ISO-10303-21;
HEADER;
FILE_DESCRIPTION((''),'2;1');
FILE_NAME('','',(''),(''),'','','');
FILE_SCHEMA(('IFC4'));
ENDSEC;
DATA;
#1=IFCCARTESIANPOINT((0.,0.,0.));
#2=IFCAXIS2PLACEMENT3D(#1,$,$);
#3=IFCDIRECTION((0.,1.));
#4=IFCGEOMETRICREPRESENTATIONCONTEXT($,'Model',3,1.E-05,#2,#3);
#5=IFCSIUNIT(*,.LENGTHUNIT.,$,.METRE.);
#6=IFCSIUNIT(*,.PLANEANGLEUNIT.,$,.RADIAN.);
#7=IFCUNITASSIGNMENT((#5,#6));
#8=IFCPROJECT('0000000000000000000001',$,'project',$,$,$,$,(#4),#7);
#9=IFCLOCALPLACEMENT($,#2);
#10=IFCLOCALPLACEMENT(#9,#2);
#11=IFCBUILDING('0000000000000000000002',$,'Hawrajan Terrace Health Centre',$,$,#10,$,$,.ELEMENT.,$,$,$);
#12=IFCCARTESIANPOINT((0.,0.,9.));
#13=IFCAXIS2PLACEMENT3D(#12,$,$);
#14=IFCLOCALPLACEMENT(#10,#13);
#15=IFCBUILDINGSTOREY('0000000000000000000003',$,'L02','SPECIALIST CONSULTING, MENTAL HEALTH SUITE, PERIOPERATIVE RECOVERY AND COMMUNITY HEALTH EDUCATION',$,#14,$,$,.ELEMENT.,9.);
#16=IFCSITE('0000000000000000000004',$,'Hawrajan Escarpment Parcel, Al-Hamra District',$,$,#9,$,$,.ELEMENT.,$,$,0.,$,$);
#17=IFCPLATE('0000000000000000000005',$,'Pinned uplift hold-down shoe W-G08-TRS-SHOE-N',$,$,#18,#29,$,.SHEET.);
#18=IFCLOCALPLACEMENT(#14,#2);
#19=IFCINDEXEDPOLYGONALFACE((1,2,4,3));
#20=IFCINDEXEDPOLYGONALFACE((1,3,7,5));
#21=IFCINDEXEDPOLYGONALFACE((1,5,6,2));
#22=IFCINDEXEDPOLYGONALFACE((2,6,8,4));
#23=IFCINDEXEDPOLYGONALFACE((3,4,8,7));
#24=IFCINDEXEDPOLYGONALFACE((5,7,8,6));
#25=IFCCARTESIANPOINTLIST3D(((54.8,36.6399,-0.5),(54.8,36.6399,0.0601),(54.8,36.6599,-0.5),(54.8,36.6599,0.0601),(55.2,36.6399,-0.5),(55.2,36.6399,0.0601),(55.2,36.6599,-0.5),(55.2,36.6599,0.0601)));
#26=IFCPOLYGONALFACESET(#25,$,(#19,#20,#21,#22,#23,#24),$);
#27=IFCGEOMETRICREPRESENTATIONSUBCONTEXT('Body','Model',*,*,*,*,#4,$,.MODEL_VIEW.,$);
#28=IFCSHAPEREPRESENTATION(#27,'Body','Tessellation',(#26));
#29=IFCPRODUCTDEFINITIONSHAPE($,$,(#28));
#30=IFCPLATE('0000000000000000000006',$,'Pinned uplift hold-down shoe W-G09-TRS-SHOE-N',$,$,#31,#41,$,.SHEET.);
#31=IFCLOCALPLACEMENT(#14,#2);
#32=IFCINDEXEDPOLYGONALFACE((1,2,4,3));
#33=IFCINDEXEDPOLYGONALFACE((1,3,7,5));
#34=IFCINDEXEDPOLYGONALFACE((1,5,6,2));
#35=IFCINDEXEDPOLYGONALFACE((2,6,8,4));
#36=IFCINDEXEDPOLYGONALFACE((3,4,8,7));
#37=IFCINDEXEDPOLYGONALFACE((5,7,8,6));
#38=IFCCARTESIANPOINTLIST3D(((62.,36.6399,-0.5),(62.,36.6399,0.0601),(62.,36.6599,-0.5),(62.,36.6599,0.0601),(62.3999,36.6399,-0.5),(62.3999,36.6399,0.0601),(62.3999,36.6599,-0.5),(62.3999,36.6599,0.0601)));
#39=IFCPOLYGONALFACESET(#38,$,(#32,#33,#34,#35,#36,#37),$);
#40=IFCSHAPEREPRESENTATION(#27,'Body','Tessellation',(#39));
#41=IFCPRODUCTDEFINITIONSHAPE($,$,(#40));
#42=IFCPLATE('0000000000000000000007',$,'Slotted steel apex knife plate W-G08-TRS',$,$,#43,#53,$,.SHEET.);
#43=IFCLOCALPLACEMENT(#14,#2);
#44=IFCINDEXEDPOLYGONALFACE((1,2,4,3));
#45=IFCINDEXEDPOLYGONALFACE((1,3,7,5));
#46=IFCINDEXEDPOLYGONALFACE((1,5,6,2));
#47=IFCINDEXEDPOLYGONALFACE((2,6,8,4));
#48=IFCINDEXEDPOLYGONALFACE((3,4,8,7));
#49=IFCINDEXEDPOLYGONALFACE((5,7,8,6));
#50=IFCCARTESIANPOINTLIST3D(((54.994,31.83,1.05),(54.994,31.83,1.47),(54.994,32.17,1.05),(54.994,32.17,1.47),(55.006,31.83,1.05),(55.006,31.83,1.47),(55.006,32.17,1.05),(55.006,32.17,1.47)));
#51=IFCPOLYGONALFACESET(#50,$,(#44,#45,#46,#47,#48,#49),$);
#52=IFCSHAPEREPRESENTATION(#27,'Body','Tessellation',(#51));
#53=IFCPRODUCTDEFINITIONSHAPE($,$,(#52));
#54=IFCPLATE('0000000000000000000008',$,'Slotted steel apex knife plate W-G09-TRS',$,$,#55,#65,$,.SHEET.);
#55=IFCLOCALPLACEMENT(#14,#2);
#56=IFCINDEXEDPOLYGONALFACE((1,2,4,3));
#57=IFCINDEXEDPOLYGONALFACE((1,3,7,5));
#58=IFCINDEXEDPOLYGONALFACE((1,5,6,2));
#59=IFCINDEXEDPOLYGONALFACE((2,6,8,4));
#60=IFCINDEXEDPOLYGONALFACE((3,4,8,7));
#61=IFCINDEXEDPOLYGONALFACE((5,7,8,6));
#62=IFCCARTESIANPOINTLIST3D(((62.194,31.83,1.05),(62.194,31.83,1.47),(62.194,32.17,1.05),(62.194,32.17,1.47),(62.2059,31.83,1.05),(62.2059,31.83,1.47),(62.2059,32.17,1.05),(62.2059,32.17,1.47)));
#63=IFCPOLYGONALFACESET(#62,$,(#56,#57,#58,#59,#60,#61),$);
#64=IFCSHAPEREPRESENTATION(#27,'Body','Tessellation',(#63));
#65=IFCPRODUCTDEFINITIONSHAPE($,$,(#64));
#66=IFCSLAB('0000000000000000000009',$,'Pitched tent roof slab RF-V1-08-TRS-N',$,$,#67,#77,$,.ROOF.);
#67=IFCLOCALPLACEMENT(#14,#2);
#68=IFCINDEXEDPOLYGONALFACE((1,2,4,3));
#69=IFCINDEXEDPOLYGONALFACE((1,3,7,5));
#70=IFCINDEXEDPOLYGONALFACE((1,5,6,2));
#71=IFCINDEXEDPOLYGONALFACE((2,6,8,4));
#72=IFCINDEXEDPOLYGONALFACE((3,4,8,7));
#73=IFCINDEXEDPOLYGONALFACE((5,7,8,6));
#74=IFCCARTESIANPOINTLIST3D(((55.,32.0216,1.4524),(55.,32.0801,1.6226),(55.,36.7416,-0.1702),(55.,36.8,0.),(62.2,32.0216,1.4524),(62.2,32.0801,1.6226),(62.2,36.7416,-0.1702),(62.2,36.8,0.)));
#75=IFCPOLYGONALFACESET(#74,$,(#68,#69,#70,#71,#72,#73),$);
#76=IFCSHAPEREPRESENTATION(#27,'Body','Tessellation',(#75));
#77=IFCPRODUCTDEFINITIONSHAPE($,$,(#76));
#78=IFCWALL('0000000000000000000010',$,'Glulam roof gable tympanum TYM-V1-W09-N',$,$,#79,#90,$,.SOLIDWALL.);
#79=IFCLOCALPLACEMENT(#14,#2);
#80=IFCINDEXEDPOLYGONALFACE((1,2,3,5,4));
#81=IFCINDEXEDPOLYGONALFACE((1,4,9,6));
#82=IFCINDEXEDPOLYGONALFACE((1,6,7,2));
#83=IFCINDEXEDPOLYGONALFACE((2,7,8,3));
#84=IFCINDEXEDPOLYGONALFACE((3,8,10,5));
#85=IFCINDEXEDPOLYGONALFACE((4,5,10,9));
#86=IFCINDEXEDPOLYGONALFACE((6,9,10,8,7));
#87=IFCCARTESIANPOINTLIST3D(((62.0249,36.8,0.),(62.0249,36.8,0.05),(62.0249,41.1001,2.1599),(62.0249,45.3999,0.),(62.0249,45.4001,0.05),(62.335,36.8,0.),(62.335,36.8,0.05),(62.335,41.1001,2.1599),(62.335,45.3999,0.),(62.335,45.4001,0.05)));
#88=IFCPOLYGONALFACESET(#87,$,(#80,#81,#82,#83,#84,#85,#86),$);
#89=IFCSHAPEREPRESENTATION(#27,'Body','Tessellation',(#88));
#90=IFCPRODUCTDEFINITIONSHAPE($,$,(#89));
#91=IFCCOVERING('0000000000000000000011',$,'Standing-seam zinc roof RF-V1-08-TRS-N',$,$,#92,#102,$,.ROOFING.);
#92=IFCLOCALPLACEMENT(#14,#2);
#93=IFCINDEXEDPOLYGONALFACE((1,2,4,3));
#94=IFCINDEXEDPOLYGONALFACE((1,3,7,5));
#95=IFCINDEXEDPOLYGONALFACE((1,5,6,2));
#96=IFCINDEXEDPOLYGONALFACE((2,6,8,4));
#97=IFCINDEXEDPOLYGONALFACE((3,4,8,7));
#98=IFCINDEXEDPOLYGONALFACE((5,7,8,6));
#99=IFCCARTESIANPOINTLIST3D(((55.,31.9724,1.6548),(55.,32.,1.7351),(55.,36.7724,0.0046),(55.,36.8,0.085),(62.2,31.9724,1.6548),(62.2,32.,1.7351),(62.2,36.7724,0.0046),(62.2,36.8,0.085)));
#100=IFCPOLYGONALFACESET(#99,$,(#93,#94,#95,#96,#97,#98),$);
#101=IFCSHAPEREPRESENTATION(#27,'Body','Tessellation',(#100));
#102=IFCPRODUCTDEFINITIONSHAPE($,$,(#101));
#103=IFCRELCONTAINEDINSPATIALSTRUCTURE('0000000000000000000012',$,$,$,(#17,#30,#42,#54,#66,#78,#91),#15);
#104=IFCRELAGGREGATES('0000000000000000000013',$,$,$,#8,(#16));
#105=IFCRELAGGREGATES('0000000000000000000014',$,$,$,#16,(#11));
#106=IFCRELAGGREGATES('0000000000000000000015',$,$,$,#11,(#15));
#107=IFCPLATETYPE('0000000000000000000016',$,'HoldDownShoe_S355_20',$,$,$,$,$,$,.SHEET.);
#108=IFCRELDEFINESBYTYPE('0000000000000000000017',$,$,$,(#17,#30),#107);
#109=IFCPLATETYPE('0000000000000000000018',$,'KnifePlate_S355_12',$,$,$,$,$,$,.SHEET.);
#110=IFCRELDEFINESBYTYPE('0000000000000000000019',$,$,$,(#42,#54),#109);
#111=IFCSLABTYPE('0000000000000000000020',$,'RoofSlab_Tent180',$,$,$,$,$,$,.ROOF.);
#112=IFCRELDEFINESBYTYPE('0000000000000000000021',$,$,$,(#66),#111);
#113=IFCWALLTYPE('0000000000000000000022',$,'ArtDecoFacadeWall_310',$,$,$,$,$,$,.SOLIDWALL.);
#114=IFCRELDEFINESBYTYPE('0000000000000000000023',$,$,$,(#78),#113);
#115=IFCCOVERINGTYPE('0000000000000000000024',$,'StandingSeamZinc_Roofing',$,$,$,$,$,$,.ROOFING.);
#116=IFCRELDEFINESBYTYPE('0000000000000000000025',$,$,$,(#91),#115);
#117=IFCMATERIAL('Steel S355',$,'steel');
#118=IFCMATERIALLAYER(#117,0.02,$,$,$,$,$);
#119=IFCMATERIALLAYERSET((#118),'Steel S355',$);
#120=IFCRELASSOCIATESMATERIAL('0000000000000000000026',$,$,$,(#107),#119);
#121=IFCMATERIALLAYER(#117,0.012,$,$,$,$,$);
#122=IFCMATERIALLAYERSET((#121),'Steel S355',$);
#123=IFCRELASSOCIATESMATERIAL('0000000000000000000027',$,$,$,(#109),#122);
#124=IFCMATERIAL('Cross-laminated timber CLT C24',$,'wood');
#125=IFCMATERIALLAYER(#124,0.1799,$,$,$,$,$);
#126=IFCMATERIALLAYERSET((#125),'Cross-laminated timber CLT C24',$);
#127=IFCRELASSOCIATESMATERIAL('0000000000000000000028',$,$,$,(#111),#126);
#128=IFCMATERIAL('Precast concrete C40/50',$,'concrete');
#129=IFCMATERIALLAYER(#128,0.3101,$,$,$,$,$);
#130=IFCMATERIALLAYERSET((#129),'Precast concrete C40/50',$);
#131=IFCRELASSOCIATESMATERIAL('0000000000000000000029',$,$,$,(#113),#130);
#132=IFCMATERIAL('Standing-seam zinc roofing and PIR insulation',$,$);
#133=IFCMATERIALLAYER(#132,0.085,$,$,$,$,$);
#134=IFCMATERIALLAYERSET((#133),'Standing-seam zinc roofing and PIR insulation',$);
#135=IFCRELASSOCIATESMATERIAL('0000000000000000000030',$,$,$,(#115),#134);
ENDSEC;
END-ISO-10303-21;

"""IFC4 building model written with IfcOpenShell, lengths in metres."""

from ifc_helpers import new_model, si_unit, direction, frame, origin, origin_2d, place, context, subcontext, project, spatial, polyline, rectangle, outline, extrude, material, layer, layer_set, type_object, element, save


model = new_model("IFC4")

# Units and contexts
model_context = context("Model", 3, precision=1e-05, world=origin(), true_north=direction((0.0, 1.0)))
body_context = subcontext(model_context, "Body", "Model", "MODEL_VIEW")
ifc_project = project(units=[si_unit("LENGTHUNIT", "METRE"), si_unit("PLANEANGLEUNIT", "RADIAN")], contexts=[model_context])

# Site, building, storey
site_placement = place(None, origin())
site = spatial("IfcSite", under=ifc_project, at=site_placement, Name="Hawrajan Escarpment Parcel, Al-Hamra District", CompositionType="ELEMENT", RefElevation=0.0)
building_placement = place(site_placement, origin())
building = spatial("IfcBuilding", under=site, at=building_placement, Name="Hawrajan Terrace Health Centre", CompositionType="ELEMENT")
storey_placement = place(building_placement, frame((0.0, 0.0, 9.0)))
storey = spatial("IfcBuildingStorey", under=building, at=storey_placement, Name="L02", Description="SPECIALIST CONSULTING, MENTAL HEALTH SUITE, PERIOPERATIVE RECOVERY AND COMMUNITY HEALTH EDUCATION", CompositionType="ELEMENT", Elevation=9.0)

# Shared definitions
ifc_material_1 = material(Name="Steel S355", Category="steel")

# Plates
ifc_layer_1 = layer(ifc_material_1, 0.02)
ifc_layer_set_1 = layer_set([ifc_layer_1], Name="Steel S355")
plate_type_1 = type_object("IfcPlateType", Name="HoldDownShoe_S355_20", PredefinedType="SHEET", material=ifc_layer_set_1)
for number, where, z_axis, x_axis, name in (
    (1, (55.0, 36.6499, -0.5), (0.0, 0.0, 1.0), (1.0, 0.0, 0.0), "Pinned uplift hold-down shoe W-G08-TRS-SHOE-N"),
    (2, (62.2, 36.6499, -0.5), (0.0, 0.0, 1.0), (1.0, 0.0, 0.0), "Pinned uplift hold-down shoe W-G09-TRS-SHOE-N"),
):
    element("IfcPlate", number, at=place(storey_placement, frame(where, z_axis=z_axis, x_axis=x_axis)), inside=storey, type_object=plate_type_1, Name=name, PredefinedType="SHEET", context=body_context, shape_type="SweptSolid", body=[
        extrude(rectangle(XDim=0.3999, YDim=0.02, at=origin_2d()), origin(), (0.0, 0.0, 1.0), 0.5601),
    ])
ifc_layer_2 = layer(ifc_material_1, 0.012)
ifc_layer_set_2 = layer_set([ifc_layer_2], Name="Steel S355")
plate_type_2 = type_object("IfcPlateType", Name="KnifePlate_S355_12", PredefinedType="SHEET", material=ifc_layer_set_2)
for number, where, z_axis, x_axis, name in (
    (3, (55.0, 32.0, 1.05), (0.0, 0.0, 1.0), (1.0, 0.0, 0.0), "Slotted steel apex knife plate W-G08-TRS"),
    (4, (62.2, 32.0, 1.05), (0.0, 0.0, 1.0), (1.0, 0.0, 0.0), "Slotted steel apex knife plate W-G09-TRS"),
):
    element("IfcPlate", number, at=place(storey_placement, frame(where, z_axis=z_axis, x_axis=x_axis)), inside=storey, type_object=plate_type_2, Name=name, PredefinedType="SHEET", context=body_context, shape_type="SweptSolid", body=[
        extrude(rectangle(XDim=0.012, YDim=0.3401, at=origin_2d()), origin(), (0.0, 0.0, 1.0), 0.4199),
    ])

# Slab
ifc_material_2 = material(Name="Cross-laminated timber CLT C24", Category="wood")
ifc_layer_3 = layer(ifc_material_2, 0.1799)
ifc_layer_set_3 = layer_set([ifc_layer_3], Name="Cross-laminated timber CLT C24")
slab_type = type_object("IfcSlabType", Name="RoofSlab_Tent180", PredefinedType="ROOF", material=ifc_layer_set_3)
slab_placement = place(storey_placement, frame((55.0, 32.0801, 1.6226), z_axis=(0.0, 0.325092, 0.945682), x_axis=(1.0, 0.0, 0.0)))
element("IfcSlab", 5, at=slab_placement, inside=storey, type_object=slab_type, Name="Pitched tent roof slab RF-V1-08-TRS-N", PredefinedType="ROOF", context=body_context, shape_type="SweptSolid", body=[
    extrude(outline(polyline([(0.0, 0.0), (7.2, 0.0), (7.2, 4.9911), (0.0, 4.9911), (0.0, 0.0)])), origin(), (0.0, 0.0, -1.0), 0.1799),
])

# Wall
ifc_material_3 = material(Name="Precast concrete C40/50", Category="concrete")
ifc_layer_4 = layer(ifc_material_3, 0.3101)
ifc_layer_set_4 = layer_set([ifc_layer_4], Name="Precast concrete C40/50")
wall_type = type_object("IfcWallType", Name="ArtDecoFacadeWall_310", PredefinedType="SOLIDWALL", material=ifc_layer_set_4)
wall_placement = place(storey_placement, frame((62.1799, 36.8, 0.0), z_axis=(0.0, 0.0, 1.0), x_axis=(0.0, 1.0, 0.0)))
element("IfcWall", 6, at=wall_placement, inside=storey, type_object=wall_type, Name="Glulam roof gable tympanum TYM-V1-W09-N", PredefinedType="SOLIDWALL", context=body_context, shape_type="SweptSolid", body=[
    extrude(outline(polyline([(0.0, 0.0), (8.5999, 0.0), (8.6001, 0.05), (4.3, 2.1599), (0.0, 0.05), (0.0, 0.0)])), frame((0.0, 0.155, 0.0), z_axis=(0.0, -1.0, 0.0), x_axis=(1.0, 0.0, 0.0)), (0.0, 0.0, 1.0), 0.3101),
])

# Covering
ifc_material_4 = material(Name="Standing-seam zinc roofing and PIR insulation")
ifc_layer_5 = layer(ifc_material_4, 0.085)
ifc_layer_set_5 = layer_set([ifc_layer_5], Name="Standing-seam zinc roofing and PIR insulation")
covering_type = type_object("IfcCoveringType", Name="StandingSeamZinc_Roofing", PredefinedType="ROOFING", material=ifc_layer_set_5)
covering_placement = place(storey_placement, frame((55.0, 32.0, 1.7351), z_axis=(0.0, 0.325103, 0.945679), x_axis=(1.0, 0.0, 0.0)))
element("IfcCovering", 7, at=covering_placement, inside=storey, type_object=covering_type, Name="Standing-seam zinc roof RF-V1-08-TRS-N", PredefinedType="ROOFING", context=body_context, shape_type="SweptSolid", body=[
    extrude(outline(polyline([(0.0, 0.0), (7.2, 0.0), (7.2, 5.0758), (0.0, 5.0758), (0.0, 0.0)])), origin(), (0.0, 0.0, -1.0), 0.085),
])

save(model, "model.ifc")
